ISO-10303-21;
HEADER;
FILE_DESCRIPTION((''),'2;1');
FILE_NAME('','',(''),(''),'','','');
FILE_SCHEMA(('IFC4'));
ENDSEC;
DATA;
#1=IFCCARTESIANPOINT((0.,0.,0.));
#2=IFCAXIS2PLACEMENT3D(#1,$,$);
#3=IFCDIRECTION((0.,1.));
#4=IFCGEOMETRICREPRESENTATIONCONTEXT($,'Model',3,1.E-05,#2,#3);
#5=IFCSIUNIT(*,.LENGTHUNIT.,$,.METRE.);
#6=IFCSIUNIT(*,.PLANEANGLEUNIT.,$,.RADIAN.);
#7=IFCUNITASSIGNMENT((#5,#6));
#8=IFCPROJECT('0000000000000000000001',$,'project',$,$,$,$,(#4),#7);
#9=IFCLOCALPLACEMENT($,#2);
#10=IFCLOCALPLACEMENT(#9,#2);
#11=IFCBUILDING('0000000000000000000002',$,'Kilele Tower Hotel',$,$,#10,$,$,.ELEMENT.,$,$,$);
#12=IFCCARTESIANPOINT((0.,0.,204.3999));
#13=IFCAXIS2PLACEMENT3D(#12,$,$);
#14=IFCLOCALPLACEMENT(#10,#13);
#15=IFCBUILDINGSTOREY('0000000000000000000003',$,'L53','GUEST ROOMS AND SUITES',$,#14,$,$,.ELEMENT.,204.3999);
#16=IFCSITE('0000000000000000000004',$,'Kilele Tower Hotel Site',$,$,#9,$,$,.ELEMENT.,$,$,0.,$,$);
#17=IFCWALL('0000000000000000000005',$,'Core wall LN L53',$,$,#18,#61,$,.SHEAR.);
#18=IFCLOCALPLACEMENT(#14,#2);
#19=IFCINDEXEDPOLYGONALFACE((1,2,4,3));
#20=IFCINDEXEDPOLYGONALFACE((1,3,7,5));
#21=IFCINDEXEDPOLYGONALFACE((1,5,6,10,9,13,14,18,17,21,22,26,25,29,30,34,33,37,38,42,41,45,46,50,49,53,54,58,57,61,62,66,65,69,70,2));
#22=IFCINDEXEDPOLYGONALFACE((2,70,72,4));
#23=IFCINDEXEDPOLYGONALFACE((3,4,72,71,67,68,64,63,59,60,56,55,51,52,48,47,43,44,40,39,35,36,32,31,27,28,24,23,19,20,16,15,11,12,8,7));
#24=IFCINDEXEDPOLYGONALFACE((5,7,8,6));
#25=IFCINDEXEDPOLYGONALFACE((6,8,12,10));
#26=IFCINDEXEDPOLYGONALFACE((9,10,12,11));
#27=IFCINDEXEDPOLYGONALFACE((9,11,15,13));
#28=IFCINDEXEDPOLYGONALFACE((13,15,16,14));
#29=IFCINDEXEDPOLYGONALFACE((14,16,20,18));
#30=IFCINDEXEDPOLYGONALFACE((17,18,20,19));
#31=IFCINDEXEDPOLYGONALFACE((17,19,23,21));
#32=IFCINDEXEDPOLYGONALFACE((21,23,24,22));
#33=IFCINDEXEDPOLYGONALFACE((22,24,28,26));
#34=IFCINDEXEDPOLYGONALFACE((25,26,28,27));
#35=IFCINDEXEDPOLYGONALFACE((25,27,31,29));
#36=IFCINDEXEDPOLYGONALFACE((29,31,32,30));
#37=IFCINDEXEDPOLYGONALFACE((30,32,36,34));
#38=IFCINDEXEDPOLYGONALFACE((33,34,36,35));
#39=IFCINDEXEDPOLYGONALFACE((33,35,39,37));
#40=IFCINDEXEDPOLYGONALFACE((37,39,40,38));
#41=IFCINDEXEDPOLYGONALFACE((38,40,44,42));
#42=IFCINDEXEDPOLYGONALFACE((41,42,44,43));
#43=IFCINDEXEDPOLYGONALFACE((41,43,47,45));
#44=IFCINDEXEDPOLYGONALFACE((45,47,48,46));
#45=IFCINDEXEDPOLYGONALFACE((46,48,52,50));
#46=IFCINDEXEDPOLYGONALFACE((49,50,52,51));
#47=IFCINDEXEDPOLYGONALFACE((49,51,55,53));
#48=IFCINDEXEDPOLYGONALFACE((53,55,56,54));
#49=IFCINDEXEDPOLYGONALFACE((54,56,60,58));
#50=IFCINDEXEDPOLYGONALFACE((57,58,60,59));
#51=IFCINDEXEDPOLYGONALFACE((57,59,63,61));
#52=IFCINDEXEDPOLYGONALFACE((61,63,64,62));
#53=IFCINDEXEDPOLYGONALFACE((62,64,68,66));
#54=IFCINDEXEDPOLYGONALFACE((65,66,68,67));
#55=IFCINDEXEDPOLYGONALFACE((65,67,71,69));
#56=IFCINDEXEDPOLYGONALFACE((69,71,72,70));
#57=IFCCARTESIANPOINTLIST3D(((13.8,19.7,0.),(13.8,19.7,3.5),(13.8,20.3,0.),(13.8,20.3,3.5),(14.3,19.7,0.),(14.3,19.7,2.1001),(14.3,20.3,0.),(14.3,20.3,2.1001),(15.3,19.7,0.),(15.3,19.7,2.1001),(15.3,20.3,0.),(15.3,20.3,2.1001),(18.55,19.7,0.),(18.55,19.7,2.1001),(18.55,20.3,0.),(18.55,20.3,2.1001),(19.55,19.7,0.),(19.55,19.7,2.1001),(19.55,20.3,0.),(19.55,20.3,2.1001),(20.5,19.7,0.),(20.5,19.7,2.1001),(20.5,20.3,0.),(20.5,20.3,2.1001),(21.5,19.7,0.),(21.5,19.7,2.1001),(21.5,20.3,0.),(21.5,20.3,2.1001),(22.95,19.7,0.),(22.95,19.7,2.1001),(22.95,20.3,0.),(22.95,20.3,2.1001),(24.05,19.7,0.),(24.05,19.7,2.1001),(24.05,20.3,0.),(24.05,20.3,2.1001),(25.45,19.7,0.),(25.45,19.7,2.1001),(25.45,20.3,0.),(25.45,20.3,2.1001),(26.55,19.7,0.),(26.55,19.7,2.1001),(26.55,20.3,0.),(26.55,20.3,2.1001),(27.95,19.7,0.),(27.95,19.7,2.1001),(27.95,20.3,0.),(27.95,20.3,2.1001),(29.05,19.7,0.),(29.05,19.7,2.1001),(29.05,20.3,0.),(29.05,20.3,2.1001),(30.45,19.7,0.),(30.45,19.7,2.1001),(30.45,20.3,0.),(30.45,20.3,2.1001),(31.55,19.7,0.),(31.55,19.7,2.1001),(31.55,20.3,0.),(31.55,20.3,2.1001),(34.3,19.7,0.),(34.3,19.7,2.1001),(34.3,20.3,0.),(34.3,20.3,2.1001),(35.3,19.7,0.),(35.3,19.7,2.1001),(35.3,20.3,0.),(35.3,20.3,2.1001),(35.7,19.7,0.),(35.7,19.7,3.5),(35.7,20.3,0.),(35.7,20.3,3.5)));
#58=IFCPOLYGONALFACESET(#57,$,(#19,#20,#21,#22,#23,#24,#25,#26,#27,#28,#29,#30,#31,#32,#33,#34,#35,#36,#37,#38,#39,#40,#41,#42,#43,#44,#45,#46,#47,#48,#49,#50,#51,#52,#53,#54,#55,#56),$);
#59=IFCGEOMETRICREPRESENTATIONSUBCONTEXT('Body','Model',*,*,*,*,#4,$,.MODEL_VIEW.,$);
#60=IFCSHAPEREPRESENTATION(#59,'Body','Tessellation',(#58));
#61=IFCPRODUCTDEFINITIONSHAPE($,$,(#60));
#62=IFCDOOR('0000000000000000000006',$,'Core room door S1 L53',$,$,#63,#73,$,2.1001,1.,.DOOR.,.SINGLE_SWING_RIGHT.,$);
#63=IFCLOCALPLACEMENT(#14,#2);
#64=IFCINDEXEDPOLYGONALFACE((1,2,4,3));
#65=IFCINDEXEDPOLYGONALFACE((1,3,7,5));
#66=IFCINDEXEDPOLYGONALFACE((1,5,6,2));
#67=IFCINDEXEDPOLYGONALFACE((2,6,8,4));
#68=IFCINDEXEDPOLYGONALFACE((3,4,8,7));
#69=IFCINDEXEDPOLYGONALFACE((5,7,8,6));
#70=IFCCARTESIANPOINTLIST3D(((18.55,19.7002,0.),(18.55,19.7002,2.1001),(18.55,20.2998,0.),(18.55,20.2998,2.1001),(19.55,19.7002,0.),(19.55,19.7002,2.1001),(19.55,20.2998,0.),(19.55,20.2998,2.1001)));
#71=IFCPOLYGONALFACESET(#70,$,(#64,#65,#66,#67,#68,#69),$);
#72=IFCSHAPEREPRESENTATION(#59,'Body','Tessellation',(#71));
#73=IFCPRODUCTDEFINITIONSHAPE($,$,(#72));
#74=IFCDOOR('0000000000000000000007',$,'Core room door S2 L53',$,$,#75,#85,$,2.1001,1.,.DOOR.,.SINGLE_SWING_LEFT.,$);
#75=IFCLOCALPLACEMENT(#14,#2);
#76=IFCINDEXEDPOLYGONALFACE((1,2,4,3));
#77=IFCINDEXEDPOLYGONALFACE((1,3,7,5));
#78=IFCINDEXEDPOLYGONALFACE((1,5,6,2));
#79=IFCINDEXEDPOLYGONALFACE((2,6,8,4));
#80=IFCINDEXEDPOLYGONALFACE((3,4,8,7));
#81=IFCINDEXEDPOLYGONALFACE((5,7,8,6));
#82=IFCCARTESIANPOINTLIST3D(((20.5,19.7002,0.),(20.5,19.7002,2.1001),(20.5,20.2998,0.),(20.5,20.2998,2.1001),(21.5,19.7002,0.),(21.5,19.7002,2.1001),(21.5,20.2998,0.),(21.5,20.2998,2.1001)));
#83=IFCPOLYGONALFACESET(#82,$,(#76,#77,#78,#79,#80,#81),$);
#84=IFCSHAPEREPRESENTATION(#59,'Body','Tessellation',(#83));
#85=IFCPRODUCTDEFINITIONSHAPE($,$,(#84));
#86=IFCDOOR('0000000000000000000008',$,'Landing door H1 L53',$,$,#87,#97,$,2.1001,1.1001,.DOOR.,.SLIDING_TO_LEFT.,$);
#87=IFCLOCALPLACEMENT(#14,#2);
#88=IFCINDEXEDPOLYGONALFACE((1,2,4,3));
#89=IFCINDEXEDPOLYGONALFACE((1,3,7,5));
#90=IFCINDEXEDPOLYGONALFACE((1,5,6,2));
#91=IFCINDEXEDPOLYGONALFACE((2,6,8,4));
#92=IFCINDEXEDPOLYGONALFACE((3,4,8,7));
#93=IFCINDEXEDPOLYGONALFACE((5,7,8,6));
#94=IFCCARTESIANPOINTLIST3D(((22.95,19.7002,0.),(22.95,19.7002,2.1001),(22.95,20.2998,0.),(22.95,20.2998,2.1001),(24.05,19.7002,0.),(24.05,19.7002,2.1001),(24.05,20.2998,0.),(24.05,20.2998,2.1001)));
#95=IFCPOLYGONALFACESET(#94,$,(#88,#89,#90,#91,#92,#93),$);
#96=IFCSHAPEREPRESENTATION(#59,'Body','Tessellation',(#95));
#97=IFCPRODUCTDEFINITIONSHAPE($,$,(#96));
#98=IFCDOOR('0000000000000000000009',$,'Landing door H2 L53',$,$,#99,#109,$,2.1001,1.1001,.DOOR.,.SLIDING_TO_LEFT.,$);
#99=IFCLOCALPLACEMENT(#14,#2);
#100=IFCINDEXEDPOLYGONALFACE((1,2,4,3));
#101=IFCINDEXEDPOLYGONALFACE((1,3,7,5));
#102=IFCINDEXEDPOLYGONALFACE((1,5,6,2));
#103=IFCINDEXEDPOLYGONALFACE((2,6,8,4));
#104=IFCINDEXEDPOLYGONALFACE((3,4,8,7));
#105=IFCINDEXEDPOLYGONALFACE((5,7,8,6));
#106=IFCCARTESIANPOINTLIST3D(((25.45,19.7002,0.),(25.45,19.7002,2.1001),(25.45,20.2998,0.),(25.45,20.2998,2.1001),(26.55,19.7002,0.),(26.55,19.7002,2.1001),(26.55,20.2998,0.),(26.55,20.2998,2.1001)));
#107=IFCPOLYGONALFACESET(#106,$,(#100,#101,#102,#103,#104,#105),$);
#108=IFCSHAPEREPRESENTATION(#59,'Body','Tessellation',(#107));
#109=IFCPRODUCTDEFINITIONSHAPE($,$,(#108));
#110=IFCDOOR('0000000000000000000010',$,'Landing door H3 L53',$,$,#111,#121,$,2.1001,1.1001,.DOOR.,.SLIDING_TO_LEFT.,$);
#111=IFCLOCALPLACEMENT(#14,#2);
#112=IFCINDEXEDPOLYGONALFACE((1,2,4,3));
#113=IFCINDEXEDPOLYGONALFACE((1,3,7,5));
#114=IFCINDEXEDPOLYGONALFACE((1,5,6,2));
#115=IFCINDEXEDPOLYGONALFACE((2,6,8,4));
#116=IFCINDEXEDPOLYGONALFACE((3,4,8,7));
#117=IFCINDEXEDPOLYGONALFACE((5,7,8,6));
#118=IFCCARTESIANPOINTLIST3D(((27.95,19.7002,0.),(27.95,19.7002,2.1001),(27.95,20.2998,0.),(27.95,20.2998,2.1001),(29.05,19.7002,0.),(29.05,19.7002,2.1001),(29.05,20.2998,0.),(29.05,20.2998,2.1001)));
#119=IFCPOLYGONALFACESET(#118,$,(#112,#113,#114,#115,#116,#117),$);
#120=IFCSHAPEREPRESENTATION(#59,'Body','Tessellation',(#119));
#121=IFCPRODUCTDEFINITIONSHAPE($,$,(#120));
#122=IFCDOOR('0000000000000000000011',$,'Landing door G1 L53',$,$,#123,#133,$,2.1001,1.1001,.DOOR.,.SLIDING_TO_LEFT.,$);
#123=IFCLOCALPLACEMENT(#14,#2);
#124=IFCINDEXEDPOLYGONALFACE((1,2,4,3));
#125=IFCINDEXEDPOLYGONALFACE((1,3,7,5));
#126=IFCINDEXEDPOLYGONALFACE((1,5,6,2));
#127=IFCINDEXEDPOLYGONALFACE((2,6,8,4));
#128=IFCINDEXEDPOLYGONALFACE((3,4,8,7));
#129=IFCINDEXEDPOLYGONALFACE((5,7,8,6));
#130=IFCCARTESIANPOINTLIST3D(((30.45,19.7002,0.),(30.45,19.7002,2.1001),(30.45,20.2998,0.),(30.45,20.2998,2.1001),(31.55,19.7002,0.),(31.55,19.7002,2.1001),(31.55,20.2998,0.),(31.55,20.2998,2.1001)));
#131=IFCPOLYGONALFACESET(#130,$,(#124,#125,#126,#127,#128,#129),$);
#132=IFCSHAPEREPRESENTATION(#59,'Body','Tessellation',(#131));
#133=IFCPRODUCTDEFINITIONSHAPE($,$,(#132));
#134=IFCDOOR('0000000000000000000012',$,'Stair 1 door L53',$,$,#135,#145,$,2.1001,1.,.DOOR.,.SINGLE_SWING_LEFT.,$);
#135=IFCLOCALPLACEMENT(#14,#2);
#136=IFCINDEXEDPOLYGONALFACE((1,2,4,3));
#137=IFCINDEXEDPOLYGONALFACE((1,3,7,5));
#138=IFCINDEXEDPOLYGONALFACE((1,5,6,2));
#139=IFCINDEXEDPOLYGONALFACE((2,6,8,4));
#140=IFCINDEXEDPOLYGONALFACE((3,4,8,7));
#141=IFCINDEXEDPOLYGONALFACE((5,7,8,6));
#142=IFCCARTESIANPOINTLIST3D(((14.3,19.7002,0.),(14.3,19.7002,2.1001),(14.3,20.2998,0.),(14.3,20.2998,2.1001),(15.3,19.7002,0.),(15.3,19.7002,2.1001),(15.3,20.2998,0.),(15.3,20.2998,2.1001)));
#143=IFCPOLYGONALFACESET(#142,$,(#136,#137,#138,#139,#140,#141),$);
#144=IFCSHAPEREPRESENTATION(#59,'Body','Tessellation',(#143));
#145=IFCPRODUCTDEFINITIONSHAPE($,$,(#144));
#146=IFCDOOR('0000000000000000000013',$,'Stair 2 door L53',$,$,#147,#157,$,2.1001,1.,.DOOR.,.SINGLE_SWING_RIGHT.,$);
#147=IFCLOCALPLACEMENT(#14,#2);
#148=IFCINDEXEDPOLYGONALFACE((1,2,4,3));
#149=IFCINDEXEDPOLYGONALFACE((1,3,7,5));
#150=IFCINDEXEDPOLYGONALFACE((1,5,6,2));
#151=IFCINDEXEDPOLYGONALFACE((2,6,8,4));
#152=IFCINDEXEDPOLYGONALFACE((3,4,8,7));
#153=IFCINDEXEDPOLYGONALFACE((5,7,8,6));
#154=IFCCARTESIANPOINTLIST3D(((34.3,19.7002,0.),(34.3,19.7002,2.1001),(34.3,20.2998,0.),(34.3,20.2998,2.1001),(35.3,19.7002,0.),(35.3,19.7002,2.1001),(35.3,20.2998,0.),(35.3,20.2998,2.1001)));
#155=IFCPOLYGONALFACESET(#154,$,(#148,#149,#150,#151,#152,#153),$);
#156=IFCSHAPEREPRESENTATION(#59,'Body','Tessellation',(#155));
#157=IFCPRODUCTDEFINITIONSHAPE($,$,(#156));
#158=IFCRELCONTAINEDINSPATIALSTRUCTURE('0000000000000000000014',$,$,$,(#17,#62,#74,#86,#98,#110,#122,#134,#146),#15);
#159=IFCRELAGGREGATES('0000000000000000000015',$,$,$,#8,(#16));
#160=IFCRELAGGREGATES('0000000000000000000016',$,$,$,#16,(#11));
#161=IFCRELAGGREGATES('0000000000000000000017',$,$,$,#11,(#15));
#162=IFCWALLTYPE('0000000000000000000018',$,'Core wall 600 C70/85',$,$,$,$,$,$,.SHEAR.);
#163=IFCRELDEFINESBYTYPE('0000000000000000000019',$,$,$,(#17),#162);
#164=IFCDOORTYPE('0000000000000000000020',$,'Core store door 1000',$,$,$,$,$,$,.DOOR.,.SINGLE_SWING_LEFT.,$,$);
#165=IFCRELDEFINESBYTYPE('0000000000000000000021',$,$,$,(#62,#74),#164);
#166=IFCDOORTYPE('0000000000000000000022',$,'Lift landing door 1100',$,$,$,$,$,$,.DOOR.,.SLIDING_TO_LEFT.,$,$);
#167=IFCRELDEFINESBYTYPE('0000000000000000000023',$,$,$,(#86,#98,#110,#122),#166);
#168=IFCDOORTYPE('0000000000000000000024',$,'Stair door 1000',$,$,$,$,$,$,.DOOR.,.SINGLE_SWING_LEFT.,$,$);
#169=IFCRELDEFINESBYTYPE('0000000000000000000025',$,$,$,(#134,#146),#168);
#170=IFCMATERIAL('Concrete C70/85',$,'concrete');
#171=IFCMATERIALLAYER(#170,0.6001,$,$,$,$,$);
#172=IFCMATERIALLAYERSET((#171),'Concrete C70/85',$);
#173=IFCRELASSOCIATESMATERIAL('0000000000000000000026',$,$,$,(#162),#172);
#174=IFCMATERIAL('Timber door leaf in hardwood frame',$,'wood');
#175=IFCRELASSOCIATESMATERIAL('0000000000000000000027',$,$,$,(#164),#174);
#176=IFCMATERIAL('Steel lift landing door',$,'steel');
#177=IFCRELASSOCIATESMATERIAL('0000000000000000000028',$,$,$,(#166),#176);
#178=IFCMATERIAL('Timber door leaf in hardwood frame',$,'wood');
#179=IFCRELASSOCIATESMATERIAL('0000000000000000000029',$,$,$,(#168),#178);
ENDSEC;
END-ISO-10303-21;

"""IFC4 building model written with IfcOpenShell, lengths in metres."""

from ifc_helpers import new_model, si_unit, direction, frame, frame_2d, origin, place, context, subcontext, project, spatial, rectangle, extrude, material, layer, layer_set, type_object, element, fill, save


model = new_model("IFC4")

# Units and contexts
model_context = context("Model", 3, precision=1e-05, world=origin(), true_north=direction((0.0, 1.0)))
body_context = subcontext(model_context, "Body", "Model", "MODEL_VIEW")
ifc_project = project(units=[si_unit("LENGTHUNIT", "METRE"), si_unit("PLANEANGLEUNIT", "RADIAN")], contexts=[model_context])

# Site, building, storey
site_placement = place(None, origin())
site = spatial("IfcSite", under=ifc_project, at=site_placement, Name="Kilele Tower Hotel Site", CompositionType="ELEMENT", RefElevation=0.0)
building_placement = place(site_placement, origin())
building = spatial("IfcBuilding", under=site, at=building_placement, Name="Kilele Tower Hotel", CompositionType="ELEMENT")
storey_placement = place(building_placement, frame((0.0, 0.0, 204.3999)))
storey = spatial("IfcBuildingStorey", under=building, at=storey_placement, Name="L53", Description="GUEST ROOMS AND SUITES", CompositionType="ELEMENT", Elevation=204.3999)

# Shared definitions
ifc_material_1 = material(Name="Concrete C70/85", Category="concrete")
ifc_layer_1 = layer(ifc_material_1, 0.6001)
ifc_layer_set_1 = layer_set([ifc_layer_1], Name="Concrete C70/85")
wall_type_1 = type_object("IfcWallType", Name="Core wall 600 C70/85", PredefinedType="SHEAR", material=ifc_layer_set_1)

# Wall, openings, doors
wall_1_placement = place(storey_placement, frame((13.8, 20.0, 0.0), z_axis=(0.0, 0.0, 1.0), x_axis=(1.0, 0.0, 0.0)))
wall_1 = element("IfcWall", 1, at=wall_1_placement, inside=storey, type_object=wall_type_1, Name="Core wall LN L53", PredefinedType="SHEAR", context=body_context, shape_type="SweptSolid", body=[
    extrude(rectangle(XDim=21.8999, YDim=0.6001, at=frame_2d((10.95, 0.0))), origin(), (0.0, 0.0, 1.0), 3.5),
])
opening_1_placement = place(wall_1_placement, frame((0.5, 0.0, 0.0)))
opening_1 = element("IfcOpeningElement", 2, at=opening_1_placement, cuts=wall_1, PredefinedType="OPENING", context=body_context, shape_type="SweptSolid", body=[
    extrude(rectangle(XDim=1.0, YDim=2.1001, at=frame_2d((0.5, 1.05))), frame((0.0, 0.3101, 0.0), z_axis=(0.0, -1.0, 0.0), x_axis=(1.0, 0.0, 0.0)), (0.0, 0.0, 1.0), 0.6201),
])
opening_2_placement = place(wall_1_placement, frame((20.5, 0.0, 0.0)))
opening_2 = element("IfcOpeningElement", 3, at=opening_2_placement, cuts=wall_1, PredefinedType="OPENING", context=body_context, shape_type="SweptSolid", body=[
    extrude(rectangle(XDim=1.0, YDim=2.1001, at=frame_2d((0.5, 1.05))), frame((0.0, 0.3101, 0.0), z_axis=(0.0, -1.0, 0.0), x_axis=(1.0, 0.0, 0.0)), (0.0, 0.0, 1.0), 0.6201),
])
opening_3_placement = place(wall_1_placement, frame((9.1499, 0.0, 0.0)))
opening_3 = element("IfcOpeningElement", 4, at=opening_3_placement, cuts=wall_1, PredefinedType="OPENING", context=body_context, shape_type="SweptSolid", body=[
    extrude(rectangle(XDim=1.1001, YDim=2.1001, at=frame_2d((0.55, 1.05))), frame((0.0, 0.3101, 0.0), z_axis=(0.0, -1.0, 0.0), x_axis=(1.0, 0.0, 0.0)), (0.0, 0.0, 1.0), 0.6201),
])
opening_4_placement = place(wall_1_placement, frame((11.6499, 0.0, 0.0)))
opening_4 = element("IfcOpeningElement", 5, at=opening_4_placement, cuts=wall_1, PredefinedType="OPENING", context=body_context, shape_type="SweptSolid", body=[
    extrude(rectangle(XDim=1.1001, YDim=2.1001, at=frame_2d((0.55, 1.05))), frame((0.0, 0.3101, 0.0), z_axis=(0.0, -1.0, 0.0), x_axis=(1.0, 0.0, 0.0)), (0.0, 0.0, 1.0), 0.6201),
])
opening_5_placement = place(wall_1_placement, frame((14.1499, 0.0, 0.0)))
opening_5 = element("IfcOpeningElement", 6, at=opening_5_placement, cuts=wall_1, PredefinedType="OPENING", context=body_context, shape_type="SweptSolid", body=[
    extrude(rectangle(XDim=1.1001, YDim=2.1001, at=frame_2d((0.55, 1.05))), frame((0.0, 0.3101, 0.0), z_axis=(0.0, -1.0, 0.0), x_axis=(1.0, 0.0, 0.0)), (0.0, 0.0, 1.0), 0.6201),
])
opening_6_placement = place(wall_1_placement, frame((16.6499, 0.0, 0.0)))
opening_6 = element("IfcOpeningElement", 7, at=opening_6_placement, cuts=wall_1, PredefinedType="OPENING", context=body_context, shape_type="SweptSolid", body=[
    extrude(rectangle(XDim=1.1001, YDim=2.1001, at=frame_2d((0.55, 1.05))), frame((0.0, 0.3101, 0.0), z_axis=(0.0, -1.0, 0.0), x_axis=(1.0, 0.0, 0.0)), (0.0, 0.0, 1.0), 0.6201),
])
opening_7_placement = place(wall_1_placement, frame((4.75, 0.0, 0.0)))
opening_7 = element("IfcOpeningElement", 8, at=opening_7_placement, cuts=wall_1, PredefinedType="OPENING", context=body_context, shape_type="SweptSolid", body=[
    extrude(rectangle(XDim=1.0, YDim=2.1001, at=frame_2d((0.5, 1.05))), frame((0.0, 0.3101, 0.0), z_axis=(0.0, -1.0, 0.0), x_axis=(1.0, 0.0, 0.0)), (0.0, 0.0, 1.0), 0.6201),
])
opening_8_placement = place(wall_1_placement, frame((6.7, 0.0, 0.0)))
opening_8 = element("IfcOpeningElement", 9, at=opening_8_placement, cuts=wall_1, PredefinedType="OPENING", context=body_context, shape_type="SweptSolid", body=[
    extrude(rectangle(XDim=1.0, YDim=2.1001, at=frame_2d((0.5, 1.05))), frame((0.0, 0.3101, 0.0), z_axis=(0.0, -1.0, 0.0), x_axis=(1.0, 0.0, 0.0)), (0.0, 0.0, 1.0), 0.6201),
])
ifc_material_2 = material(Name="Timber door leaf in hardwood frame", Category="wood")
door_type_1 = type_object("IfcDoorType", Name="Core store door 1000", OperationType="SINGLE_SWING_LEFT", PredefinedType="DOOR", material=ifc_material_2)
door_1_placement = place(opening_7_placement, origin())
door_1 = element("IfcDoor", 10, at=door_1_placement, inside=storey, type_object=door_type_1, Name="Core room door S1 L53", OperationType="SINGLE_SWING_RIGHT", OverallHeight=2.1001, OverallWidth=1.0, PredefinedType="DOOR", context=body_context, shape_type="SweptSolid", body=[
    extrude(rectangle(XDim=1.0, YDim=2.1001, at=frame_2d((0.5, 1.05))), frame((0.0, 0.2998, 0.0), z_axis=(0.0, -1.0, 0.0), x_axis=(1.0, 0.0, 0.0)), (0.0, 0.0, 1.0), 0.5996),
])
fill(opening_7, door_1)
door_2_placement = place(opening_8_placement, origin())
door_2 = element("IfcDoor", 11, at=door_2_placement, inside=storey, type_object=door_type_1, Name="Core room door S2 L53", OperationType="SINGLE_SWING_LEFT", OverallHeight=2.1001, OverallWidth=1.0, PredefinedType="DOOR", context=body_context, shape_type="SweptSolid", body=[
    extrude(rectangle(XDim=1.0, YDim=2.1001, at=frame_2d((0.5, 1.05))), frame((0.0, 0.2998, 0.0), z_axis=(0.0, -1.0, 0.0), x_axis=(1.0, 0.0, 0.0)), (0.0, 0.0, 1.0), 0.5996),
])
fill(opening_8, door_2)
ifc_material_3 = material(Name="Steel lift landing door", Category="steel")
door_type_2 = type_object("IfcDoorType", Name="Lift landing door 1100", OperationType="SLIDING_TO_LEFT", PredefinedType="DOOR", material=ifc_material_3)
door_3_placement = place(opening_3_placement, origin())
door_3 = element("IfcDoor", 12, at=door_3_placement, inside=storey, type_object=door_type_2, Name="Landing door H1 L53", OperationType="SLIDING_TO_LEFT", OverallHeight=2.1001, OverallWidth=1.1001, PredefinedType="DOOR", context=body_context, shape_type="SweptSolid", body=[
    extrude(rectangle(XDim=1.1001, YDim=2.1001, at=frame_2d((0.55, 1.05))), frame((0.0, 0.2998, 0.0), z_axis=(0.0, -1.0, 0.0), x_axis=(1.0, 0.0, 0.0)), (0.0, 0.0, 1.0), 0.5996),
])
fill(opening_3, door_3)
door_4_placement = place(opening_4_placement, origin())
door_4 = element("IfcDoor", 13, at=door_4_placement, inside=storey, type_object=door_type_2, Name="Landing door H2 L53", OperationType="SLIDING_TO_LEFT", OverallHeight=2.1001, OverallWidth=1.1001, PredefinedType="DOOR", context=body_context, shape_type="SweptSolid", body=[
    extrude(rectangle(XDim=1.1001, YDim=2.1001, at=frame_2d((0.55, 1.05))), frame((0.0, 0.2998, 0.0), z_axis=(0.0, -1.0, 0.0), x_axis=(1.0, 0.0, 0.0)), (0.0, 0.0, 1.0), 0.5996),
])
fill(opening_4, door_4)
door_5_placement = place(opening_5_placement, origin())
door_5 = element("IfcDoor", 14, at=door_5_placement, inside=storey, type_object=door_type_2, Name="Landing door H3 L53", OperationType="SLIDING_TO_LEFT", OverallHeight=2.1001, OverallWidth=1.1001, PredefinedType="DOOR", context=body_context, shape_type="SweptSolid", body=[
    extrude(rectangle(XDim=1.1001, YDim=2.1001, at=frame_2d((0.55, 1.05))), frame((0.0, 0.2998, 0.0), z_axis=(0.0, -1.0, 0.0), x_axis=(1.0, 0.0, 0.0)), (0.0, 0.0, 1.0), 0.5996),
])
fill(opening_5, door_5)
door_6_placement = place(opening_6_placement, origin())
door_6 = element("IfcDoor", 15, at=door_6_placement, inside=storey, type_object=door_type_2, Name="Landing door G1 L53", OperationType="SLIDING_TO_LEFT", OverallHeight=2.1001, OverallWidth=1.1001, PredefinedType="DOOR", context=body_context, shape_type="SweptSolid", body=[
    extrude(rectangle(XDim=1.1001, YDim=2.1001, at=frame_2d((0.55, 1.05))), frame((0.0, 0.2998, 0.0), z_axis=(0.0, -1.0, 0.0), x_axis=(1.0, 0.0, 0.0)), (0.0, 0.0, 1.0), 0.5996),
])
fill(opening_6, door_6)
ifc_material_4 = material(Name="Timber door leaf in hardwood frame", Category="wood")
door_type_3 = type_object("IfcDoorType", Name="Stair door 1000", OperationType="SINGLE_SWING_LEFT", PredefinedType="DOOR", material=ifc_material_4)
door_7_placement = place(opening_1_placement, origin())
door_7 = element("IfcDoor", 16, at=door_7_placement, inside=storey, type_object=door_type_3, Name="Stair 1 door L53", OperationType="SINGLE_SWING_LEFT", OverallHeight=2.1001, OverallWidth=1.0, PredefinedType="DOOR", context=body_context, shape_type="SweptSolid", body=[
    extrude(rectangle(XDim=1.0, YDim=2.1001, at=frame_2d((0.5, 1.05))), frame((0.0, 0.2998, 0.0), z_axis=(0.0, -1.0, 0.0), x_axis=(1.0, 0.0, 0.0)), (0.0, 0.0, 1.0), 0.5996),
])
fill(opening_1, door_7)
door_8_placement = place(opening_2_placement, origin())
door_8 = element("IfcDoor", 17, at=door_8_placement, inside=storey, type_object=door_type_3, Name="Stair 2 door L53", OperationType="SINGLE_SWING_RIGHT", OverallHeight=2.1001, OverallWidth=1.0, PredefinedType="DOOR", context=body_context, shape_type="SweptSolid", body=[
    extrude(rectangle(XDim=1.0, YDim=2.1001, at=frame_2d((0.5, 1.05))), frame((0.0, 0.2998, 0.0), z_axis=(0.0, -1.0, 0.0), x_axis=(1.0, 0.0, 0.0)), (0.0, 0.0, 1.0), 0.5996),
])
fill(opening_2, door_8)

save(model, "model.ifc")
